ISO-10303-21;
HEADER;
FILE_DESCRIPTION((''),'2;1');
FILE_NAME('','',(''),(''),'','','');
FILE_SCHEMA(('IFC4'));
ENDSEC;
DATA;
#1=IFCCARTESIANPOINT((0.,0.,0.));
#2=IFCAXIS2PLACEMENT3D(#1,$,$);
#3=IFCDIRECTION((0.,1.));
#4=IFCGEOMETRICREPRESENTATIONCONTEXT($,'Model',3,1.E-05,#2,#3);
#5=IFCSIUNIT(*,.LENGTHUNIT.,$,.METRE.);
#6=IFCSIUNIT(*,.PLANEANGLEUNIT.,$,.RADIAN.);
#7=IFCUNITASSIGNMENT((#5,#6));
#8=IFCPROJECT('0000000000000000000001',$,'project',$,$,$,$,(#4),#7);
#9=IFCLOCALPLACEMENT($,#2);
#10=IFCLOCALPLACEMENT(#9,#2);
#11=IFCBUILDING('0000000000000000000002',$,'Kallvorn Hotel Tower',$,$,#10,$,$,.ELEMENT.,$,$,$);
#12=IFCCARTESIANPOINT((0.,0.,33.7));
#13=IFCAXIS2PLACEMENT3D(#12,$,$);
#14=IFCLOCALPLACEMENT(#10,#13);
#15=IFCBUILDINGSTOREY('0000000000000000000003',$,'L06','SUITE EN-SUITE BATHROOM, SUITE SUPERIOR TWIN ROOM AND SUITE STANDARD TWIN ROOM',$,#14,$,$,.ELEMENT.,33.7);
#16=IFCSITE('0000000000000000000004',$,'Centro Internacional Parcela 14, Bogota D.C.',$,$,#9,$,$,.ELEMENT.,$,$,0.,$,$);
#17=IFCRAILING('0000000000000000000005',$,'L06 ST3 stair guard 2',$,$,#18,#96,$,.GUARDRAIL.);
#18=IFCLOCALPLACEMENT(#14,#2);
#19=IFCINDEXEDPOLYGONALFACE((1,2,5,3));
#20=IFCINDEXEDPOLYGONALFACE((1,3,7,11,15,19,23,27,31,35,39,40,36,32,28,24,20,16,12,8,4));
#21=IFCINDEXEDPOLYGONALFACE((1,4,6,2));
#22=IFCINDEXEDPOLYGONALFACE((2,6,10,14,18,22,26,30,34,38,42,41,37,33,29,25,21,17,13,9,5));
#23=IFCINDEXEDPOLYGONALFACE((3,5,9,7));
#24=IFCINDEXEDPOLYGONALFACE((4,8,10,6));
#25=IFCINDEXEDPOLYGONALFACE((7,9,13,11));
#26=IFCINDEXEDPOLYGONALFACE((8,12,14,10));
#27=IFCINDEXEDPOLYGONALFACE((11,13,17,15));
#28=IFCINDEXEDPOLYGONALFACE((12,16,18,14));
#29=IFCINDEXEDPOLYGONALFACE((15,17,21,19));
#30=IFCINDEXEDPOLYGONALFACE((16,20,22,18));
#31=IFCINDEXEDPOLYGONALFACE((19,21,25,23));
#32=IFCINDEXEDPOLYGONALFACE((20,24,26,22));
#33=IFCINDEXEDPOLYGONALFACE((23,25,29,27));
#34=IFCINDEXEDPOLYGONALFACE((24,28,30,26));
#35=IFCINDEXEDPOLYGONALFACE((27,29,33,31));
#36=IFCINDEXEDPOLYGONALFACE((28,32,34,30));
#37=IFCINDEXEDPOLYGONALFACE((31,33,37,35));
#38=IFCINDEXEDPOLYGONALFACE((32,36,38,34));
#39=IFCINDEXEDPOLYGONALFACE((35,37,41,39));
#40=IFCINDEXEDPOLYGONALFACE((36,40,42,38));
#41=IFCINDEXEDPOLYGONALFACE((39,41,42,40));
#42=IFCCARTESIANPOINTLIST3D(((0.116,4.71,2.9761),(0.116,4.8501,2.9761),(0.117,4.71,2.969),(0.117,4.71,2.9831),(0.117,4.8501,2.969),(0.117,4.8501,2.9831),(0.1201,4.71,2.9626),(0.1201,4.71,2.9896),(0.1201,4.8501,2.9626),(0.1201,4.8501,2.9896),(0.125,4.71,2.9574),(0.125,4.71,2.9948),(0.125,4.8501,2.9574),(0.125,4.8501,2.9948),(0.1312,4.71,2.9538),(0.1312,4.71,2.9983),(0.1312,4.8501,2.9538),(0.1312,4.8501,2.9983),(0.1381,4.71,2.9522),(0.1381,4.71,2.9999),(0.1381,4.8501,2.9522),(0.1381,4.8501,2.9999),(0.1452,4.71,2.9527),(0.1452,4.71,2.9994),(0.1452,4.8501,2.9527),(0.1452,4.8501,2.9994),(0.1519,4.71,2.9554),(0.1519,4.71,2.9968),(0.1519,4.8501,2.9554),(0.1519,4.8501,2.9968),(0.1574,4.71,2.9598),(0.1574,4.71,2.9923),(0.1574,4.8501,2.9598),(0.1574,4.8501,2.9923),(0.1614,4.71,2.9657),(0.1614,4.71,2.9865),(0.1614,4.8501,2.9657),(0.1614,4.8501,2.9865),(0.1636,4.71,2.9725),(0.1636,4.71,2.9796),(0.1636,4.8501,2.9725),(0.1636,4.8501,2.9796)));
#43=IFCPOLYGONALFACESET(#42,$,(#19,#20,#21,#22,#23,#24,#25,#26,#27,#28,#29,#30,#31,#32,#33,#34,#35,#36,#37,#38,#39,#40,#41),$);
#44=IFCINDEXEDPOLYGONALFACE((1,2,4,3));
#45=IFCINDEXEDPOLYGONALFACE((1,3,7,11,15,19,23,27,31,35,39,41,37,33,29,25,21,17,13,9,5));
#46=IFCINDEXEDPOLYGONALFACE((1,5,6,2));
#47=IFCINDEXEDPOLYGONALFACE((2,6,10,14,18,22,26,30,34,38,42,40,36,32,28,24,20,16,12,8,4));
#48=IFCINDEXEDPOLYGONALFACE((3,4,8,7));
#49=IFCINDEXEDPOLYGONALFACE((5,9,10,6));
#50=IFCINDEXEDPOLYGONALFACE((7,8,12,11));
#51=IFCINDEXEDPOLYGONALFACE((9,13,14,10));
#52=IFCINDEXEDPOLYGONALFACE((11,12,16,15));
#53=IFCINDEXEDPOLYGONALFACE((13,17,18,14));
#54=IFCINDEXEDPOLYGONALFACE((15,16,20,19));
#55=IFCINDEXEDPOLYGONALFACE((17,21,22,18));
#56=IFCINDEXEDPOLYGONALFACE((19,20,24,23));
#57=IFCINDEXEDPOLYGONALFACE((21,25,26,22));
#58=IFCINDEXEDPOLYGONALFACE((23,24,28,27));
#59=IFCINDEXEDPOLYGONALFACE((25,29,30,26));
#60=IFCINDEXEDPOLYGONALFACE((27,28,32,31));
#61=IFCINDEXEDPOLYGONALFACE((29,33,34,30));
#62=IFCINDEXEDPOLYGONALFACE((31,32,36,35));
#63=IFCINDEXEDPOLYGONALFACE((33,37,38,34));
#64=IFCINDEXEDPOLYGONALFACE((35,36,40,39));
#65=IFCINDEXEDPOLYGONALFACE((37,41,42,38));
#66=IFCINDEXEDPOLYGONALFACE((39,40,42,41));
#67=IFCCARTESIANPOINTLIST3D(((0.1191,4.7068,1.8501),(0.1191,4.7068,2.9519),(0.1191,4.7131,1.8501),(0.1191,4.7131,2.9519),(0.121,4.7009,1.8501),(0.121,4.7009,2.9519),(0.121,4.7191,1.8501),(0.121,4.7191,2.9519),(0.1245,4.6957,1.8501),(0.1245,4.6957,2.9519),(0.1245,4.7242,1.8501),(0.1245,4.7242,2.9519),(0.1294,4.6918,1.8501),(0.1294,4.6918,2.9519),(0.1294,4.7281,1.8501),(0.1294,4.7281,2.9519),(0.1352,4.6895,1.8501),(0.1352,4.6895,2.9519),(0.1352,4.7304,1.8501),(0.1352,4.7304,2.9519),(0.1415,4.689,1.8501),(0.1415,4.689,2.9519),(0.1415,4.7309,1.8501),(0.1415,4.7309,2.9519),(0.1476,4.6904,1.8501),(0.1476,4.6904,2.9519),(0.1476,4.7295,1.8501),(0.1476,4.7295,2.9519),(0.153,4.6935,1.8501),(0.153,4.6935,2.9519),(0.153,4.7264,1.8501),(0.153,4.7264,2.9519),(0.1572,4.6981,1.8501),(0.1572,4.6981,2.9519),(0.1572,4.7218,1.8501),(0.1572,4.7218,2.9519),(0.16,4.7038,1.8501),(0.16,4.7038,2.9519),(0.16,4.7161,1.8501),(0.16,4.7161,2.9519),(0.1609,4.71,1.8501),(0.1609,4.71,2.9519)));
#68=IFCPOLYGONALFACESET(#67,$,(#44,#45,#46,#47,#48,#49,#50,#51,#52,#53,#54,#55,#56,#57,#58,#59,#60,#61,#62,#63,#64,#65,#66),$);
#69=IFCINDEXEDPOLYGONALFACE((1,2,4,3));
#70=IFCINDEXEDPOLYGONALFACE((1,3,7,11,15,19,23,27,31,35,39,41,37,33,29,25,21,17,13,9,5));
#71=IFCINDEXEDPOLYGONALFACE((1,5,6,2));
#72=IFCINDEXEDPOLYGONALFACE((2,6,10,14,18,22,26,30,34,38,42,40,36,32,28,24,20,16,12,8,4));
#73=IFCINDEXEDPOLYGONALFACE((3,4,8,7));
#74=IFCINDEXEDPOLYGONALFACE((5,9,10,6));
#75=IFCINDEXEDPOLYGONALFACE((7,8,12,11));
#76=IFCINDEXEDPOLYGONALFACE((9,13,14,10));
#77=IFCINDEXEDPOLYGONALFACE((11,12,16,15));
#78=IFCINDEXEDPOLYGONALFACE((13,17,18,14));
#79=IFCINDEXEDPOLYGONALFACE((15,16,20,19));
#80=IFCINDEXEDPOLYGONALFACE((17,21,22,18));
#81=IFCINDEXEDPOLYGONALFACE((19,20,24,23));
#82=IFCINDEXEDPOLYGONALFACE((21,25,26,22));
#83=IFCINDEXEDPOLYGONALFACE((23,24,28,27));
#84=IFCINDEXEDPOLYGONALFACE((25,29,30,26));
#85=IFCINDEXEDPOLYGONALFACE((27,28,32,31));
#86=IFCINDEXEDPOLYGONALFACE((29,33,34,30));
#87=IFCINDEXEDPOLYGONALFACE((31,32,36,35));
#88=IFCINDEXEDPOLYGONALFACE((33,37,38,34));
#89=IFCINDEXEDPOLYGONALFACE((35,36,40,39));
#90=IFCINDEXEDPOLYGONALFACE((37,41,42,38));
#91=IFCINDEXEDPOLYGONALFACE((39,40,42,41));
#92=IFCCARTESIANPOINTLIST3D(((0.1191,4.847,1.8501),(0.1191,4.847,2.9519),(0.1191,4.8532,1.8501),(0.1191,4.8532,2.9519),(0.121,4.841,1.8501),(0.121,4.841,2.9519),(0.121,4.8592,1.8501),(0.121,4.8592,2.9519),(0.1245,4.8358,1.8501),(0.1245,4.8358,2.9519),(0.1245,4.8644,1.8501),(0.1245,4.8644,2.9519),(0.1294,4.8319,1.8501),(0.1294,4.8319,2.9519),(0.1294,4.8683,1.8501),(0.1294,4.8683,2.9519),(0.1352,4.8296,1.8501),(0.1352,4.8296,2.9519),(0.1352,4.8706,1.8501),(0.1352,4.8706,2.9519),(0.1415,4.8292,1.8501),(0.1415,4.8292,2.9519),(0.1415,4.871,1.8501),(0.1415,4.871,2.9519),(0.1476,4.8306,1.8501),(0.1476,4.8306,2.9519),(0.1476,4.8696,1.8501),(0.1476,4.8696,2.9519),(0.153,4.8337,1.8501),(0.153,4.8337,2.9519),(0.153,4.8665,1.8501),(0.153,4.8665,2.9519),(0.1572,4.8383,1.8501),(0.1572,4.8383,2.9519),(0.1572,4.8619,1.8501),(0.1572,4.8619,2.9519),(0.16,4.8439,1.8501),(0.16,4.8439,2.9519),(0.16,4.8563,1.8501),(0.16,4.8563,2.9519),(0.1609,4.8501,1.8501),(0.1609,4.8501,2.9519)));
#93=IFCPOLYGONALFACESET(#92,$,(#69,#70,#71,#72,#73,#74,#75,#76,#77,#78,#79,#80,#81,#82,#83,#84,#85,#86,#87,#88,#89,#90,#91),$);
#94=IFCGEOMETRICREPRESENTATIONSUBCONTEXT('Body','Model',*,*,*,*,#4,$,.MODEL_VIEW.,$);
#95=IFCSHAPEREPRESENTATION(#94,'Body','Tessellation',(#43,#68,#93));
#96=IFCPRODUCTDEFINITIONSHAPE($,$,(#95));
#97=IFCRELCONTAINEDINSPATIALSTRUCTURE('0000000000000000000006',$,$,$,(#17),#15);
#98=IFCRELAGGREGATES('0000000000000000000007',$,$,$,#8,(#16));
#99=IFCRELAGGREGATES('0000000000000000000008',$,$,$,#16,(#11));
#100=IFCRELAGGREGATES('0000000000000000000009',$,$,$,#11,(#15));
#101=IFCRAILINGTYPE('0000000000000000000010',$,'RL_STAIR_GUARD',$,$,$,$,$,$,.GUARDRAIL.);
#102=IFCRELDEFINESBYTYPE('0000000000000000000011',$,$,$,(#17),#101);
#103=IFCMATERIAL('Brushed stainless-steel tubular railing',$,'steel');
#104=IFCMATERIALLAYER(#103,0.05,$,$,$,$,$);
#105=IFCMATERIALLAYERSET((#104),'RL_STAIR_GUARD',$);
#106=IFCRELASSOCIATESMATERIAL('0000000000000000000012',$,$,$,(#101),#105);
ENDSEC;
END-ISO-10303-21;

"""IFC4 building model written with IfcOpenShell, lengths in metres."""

from ifc_helpers import new_model, si_unit, direction, frame, origin, origin_2d, place, context, subcontext, project, spatial, circle, extrude, material, layer, layer_set, type_object, element, save


model = new_model("IFC4")

# Units and contexts
model_context = context("Model", 3, precision=1e-05, world=origin(), true_north=direction((0.0, 1.0)))
body_context = subcontext(model_context, "Body", "Model", "MODEL_VIEW")
ifc_project = project(units=[si_unit("LENGTHUNIT", "METRE"), si_unit("PLANEANGLEUNIT", "RADIAN")], contexts=[model_context])

# Site, building, storey
site_placement = place(None, origin())
site = spatial("IfcSite", under=ifc_project, at=site_placement, Name="Centro Internacional Parcela 14, Bogota D.C.", CompositionType="ELEMENT", RefElevation=0.0)
building_placement = place(site_placement, origin())
building = spatial("IfcBuilding", under=site, at=building_placement, Name="Kallvorn Hotel Tower", CompositionType="ELEMENT")
storey_placement = place(building_placement, frame((0.0, 0.0, 33.7)))
storey = spatial("IfcBuildingStorey", under=building, at=storey_placement, Name="L06", Description="SUITE EN-SUITE BATHROOM, SUITE SUPERIOR TWIN ROOM AND SUITE STANDARD TWIN ROOM", CompositionType="ELEMENT", Elevation=33.7)

# Railing
ifc_material_1 = material(Name="Brushed stainless-steel tubular railing", Category="steel")
ifc_layer_1 = layer(ifc_material_1, 0.05)
ifc_layer_set_1 = layer_set([ifc_layer_1], Name="RL_STAIR_GUARD")
railing_type_1 = type_object("IfcRailingType", Name="RL_STAIR_GUARD", PredefinedType="GUARDRAIL", material=ifc_layer_set_1)
railing_1_placement = place(storey_placement, frame((0.1399, 4.71, 1.8501)))
element("IfcRailing", 1, at=railing_1_placement, inside=storey, type_object=railing_type_1, Name="L06 ST3 stair guard 2", PredefinedType="GUARDRAIL", context=body_context, shape_type="SweptSolid", body=[
    extrude(circle(Radius=0.0239, at=origin_2d()), frame((0.0, 0.0, 1.126), z_axis=(0.0, 1.0, 0.0), x_axis=(-1.0, 0.0, 0.0)), (0.0, 0.0, 1.0), 0.1401),
    extrude(circle(Radius=0.021, at=origin_2d()), origin(), (0.0, 0.0, 1.0), 1.1018),
    extrude(circle(Radius=0.021, at=origin_2d()), frame((0.0, 0.1401, 0.0)), (0.0, 0.0, 1.0), 1.1018),
])

save(model, "model.ifc")
